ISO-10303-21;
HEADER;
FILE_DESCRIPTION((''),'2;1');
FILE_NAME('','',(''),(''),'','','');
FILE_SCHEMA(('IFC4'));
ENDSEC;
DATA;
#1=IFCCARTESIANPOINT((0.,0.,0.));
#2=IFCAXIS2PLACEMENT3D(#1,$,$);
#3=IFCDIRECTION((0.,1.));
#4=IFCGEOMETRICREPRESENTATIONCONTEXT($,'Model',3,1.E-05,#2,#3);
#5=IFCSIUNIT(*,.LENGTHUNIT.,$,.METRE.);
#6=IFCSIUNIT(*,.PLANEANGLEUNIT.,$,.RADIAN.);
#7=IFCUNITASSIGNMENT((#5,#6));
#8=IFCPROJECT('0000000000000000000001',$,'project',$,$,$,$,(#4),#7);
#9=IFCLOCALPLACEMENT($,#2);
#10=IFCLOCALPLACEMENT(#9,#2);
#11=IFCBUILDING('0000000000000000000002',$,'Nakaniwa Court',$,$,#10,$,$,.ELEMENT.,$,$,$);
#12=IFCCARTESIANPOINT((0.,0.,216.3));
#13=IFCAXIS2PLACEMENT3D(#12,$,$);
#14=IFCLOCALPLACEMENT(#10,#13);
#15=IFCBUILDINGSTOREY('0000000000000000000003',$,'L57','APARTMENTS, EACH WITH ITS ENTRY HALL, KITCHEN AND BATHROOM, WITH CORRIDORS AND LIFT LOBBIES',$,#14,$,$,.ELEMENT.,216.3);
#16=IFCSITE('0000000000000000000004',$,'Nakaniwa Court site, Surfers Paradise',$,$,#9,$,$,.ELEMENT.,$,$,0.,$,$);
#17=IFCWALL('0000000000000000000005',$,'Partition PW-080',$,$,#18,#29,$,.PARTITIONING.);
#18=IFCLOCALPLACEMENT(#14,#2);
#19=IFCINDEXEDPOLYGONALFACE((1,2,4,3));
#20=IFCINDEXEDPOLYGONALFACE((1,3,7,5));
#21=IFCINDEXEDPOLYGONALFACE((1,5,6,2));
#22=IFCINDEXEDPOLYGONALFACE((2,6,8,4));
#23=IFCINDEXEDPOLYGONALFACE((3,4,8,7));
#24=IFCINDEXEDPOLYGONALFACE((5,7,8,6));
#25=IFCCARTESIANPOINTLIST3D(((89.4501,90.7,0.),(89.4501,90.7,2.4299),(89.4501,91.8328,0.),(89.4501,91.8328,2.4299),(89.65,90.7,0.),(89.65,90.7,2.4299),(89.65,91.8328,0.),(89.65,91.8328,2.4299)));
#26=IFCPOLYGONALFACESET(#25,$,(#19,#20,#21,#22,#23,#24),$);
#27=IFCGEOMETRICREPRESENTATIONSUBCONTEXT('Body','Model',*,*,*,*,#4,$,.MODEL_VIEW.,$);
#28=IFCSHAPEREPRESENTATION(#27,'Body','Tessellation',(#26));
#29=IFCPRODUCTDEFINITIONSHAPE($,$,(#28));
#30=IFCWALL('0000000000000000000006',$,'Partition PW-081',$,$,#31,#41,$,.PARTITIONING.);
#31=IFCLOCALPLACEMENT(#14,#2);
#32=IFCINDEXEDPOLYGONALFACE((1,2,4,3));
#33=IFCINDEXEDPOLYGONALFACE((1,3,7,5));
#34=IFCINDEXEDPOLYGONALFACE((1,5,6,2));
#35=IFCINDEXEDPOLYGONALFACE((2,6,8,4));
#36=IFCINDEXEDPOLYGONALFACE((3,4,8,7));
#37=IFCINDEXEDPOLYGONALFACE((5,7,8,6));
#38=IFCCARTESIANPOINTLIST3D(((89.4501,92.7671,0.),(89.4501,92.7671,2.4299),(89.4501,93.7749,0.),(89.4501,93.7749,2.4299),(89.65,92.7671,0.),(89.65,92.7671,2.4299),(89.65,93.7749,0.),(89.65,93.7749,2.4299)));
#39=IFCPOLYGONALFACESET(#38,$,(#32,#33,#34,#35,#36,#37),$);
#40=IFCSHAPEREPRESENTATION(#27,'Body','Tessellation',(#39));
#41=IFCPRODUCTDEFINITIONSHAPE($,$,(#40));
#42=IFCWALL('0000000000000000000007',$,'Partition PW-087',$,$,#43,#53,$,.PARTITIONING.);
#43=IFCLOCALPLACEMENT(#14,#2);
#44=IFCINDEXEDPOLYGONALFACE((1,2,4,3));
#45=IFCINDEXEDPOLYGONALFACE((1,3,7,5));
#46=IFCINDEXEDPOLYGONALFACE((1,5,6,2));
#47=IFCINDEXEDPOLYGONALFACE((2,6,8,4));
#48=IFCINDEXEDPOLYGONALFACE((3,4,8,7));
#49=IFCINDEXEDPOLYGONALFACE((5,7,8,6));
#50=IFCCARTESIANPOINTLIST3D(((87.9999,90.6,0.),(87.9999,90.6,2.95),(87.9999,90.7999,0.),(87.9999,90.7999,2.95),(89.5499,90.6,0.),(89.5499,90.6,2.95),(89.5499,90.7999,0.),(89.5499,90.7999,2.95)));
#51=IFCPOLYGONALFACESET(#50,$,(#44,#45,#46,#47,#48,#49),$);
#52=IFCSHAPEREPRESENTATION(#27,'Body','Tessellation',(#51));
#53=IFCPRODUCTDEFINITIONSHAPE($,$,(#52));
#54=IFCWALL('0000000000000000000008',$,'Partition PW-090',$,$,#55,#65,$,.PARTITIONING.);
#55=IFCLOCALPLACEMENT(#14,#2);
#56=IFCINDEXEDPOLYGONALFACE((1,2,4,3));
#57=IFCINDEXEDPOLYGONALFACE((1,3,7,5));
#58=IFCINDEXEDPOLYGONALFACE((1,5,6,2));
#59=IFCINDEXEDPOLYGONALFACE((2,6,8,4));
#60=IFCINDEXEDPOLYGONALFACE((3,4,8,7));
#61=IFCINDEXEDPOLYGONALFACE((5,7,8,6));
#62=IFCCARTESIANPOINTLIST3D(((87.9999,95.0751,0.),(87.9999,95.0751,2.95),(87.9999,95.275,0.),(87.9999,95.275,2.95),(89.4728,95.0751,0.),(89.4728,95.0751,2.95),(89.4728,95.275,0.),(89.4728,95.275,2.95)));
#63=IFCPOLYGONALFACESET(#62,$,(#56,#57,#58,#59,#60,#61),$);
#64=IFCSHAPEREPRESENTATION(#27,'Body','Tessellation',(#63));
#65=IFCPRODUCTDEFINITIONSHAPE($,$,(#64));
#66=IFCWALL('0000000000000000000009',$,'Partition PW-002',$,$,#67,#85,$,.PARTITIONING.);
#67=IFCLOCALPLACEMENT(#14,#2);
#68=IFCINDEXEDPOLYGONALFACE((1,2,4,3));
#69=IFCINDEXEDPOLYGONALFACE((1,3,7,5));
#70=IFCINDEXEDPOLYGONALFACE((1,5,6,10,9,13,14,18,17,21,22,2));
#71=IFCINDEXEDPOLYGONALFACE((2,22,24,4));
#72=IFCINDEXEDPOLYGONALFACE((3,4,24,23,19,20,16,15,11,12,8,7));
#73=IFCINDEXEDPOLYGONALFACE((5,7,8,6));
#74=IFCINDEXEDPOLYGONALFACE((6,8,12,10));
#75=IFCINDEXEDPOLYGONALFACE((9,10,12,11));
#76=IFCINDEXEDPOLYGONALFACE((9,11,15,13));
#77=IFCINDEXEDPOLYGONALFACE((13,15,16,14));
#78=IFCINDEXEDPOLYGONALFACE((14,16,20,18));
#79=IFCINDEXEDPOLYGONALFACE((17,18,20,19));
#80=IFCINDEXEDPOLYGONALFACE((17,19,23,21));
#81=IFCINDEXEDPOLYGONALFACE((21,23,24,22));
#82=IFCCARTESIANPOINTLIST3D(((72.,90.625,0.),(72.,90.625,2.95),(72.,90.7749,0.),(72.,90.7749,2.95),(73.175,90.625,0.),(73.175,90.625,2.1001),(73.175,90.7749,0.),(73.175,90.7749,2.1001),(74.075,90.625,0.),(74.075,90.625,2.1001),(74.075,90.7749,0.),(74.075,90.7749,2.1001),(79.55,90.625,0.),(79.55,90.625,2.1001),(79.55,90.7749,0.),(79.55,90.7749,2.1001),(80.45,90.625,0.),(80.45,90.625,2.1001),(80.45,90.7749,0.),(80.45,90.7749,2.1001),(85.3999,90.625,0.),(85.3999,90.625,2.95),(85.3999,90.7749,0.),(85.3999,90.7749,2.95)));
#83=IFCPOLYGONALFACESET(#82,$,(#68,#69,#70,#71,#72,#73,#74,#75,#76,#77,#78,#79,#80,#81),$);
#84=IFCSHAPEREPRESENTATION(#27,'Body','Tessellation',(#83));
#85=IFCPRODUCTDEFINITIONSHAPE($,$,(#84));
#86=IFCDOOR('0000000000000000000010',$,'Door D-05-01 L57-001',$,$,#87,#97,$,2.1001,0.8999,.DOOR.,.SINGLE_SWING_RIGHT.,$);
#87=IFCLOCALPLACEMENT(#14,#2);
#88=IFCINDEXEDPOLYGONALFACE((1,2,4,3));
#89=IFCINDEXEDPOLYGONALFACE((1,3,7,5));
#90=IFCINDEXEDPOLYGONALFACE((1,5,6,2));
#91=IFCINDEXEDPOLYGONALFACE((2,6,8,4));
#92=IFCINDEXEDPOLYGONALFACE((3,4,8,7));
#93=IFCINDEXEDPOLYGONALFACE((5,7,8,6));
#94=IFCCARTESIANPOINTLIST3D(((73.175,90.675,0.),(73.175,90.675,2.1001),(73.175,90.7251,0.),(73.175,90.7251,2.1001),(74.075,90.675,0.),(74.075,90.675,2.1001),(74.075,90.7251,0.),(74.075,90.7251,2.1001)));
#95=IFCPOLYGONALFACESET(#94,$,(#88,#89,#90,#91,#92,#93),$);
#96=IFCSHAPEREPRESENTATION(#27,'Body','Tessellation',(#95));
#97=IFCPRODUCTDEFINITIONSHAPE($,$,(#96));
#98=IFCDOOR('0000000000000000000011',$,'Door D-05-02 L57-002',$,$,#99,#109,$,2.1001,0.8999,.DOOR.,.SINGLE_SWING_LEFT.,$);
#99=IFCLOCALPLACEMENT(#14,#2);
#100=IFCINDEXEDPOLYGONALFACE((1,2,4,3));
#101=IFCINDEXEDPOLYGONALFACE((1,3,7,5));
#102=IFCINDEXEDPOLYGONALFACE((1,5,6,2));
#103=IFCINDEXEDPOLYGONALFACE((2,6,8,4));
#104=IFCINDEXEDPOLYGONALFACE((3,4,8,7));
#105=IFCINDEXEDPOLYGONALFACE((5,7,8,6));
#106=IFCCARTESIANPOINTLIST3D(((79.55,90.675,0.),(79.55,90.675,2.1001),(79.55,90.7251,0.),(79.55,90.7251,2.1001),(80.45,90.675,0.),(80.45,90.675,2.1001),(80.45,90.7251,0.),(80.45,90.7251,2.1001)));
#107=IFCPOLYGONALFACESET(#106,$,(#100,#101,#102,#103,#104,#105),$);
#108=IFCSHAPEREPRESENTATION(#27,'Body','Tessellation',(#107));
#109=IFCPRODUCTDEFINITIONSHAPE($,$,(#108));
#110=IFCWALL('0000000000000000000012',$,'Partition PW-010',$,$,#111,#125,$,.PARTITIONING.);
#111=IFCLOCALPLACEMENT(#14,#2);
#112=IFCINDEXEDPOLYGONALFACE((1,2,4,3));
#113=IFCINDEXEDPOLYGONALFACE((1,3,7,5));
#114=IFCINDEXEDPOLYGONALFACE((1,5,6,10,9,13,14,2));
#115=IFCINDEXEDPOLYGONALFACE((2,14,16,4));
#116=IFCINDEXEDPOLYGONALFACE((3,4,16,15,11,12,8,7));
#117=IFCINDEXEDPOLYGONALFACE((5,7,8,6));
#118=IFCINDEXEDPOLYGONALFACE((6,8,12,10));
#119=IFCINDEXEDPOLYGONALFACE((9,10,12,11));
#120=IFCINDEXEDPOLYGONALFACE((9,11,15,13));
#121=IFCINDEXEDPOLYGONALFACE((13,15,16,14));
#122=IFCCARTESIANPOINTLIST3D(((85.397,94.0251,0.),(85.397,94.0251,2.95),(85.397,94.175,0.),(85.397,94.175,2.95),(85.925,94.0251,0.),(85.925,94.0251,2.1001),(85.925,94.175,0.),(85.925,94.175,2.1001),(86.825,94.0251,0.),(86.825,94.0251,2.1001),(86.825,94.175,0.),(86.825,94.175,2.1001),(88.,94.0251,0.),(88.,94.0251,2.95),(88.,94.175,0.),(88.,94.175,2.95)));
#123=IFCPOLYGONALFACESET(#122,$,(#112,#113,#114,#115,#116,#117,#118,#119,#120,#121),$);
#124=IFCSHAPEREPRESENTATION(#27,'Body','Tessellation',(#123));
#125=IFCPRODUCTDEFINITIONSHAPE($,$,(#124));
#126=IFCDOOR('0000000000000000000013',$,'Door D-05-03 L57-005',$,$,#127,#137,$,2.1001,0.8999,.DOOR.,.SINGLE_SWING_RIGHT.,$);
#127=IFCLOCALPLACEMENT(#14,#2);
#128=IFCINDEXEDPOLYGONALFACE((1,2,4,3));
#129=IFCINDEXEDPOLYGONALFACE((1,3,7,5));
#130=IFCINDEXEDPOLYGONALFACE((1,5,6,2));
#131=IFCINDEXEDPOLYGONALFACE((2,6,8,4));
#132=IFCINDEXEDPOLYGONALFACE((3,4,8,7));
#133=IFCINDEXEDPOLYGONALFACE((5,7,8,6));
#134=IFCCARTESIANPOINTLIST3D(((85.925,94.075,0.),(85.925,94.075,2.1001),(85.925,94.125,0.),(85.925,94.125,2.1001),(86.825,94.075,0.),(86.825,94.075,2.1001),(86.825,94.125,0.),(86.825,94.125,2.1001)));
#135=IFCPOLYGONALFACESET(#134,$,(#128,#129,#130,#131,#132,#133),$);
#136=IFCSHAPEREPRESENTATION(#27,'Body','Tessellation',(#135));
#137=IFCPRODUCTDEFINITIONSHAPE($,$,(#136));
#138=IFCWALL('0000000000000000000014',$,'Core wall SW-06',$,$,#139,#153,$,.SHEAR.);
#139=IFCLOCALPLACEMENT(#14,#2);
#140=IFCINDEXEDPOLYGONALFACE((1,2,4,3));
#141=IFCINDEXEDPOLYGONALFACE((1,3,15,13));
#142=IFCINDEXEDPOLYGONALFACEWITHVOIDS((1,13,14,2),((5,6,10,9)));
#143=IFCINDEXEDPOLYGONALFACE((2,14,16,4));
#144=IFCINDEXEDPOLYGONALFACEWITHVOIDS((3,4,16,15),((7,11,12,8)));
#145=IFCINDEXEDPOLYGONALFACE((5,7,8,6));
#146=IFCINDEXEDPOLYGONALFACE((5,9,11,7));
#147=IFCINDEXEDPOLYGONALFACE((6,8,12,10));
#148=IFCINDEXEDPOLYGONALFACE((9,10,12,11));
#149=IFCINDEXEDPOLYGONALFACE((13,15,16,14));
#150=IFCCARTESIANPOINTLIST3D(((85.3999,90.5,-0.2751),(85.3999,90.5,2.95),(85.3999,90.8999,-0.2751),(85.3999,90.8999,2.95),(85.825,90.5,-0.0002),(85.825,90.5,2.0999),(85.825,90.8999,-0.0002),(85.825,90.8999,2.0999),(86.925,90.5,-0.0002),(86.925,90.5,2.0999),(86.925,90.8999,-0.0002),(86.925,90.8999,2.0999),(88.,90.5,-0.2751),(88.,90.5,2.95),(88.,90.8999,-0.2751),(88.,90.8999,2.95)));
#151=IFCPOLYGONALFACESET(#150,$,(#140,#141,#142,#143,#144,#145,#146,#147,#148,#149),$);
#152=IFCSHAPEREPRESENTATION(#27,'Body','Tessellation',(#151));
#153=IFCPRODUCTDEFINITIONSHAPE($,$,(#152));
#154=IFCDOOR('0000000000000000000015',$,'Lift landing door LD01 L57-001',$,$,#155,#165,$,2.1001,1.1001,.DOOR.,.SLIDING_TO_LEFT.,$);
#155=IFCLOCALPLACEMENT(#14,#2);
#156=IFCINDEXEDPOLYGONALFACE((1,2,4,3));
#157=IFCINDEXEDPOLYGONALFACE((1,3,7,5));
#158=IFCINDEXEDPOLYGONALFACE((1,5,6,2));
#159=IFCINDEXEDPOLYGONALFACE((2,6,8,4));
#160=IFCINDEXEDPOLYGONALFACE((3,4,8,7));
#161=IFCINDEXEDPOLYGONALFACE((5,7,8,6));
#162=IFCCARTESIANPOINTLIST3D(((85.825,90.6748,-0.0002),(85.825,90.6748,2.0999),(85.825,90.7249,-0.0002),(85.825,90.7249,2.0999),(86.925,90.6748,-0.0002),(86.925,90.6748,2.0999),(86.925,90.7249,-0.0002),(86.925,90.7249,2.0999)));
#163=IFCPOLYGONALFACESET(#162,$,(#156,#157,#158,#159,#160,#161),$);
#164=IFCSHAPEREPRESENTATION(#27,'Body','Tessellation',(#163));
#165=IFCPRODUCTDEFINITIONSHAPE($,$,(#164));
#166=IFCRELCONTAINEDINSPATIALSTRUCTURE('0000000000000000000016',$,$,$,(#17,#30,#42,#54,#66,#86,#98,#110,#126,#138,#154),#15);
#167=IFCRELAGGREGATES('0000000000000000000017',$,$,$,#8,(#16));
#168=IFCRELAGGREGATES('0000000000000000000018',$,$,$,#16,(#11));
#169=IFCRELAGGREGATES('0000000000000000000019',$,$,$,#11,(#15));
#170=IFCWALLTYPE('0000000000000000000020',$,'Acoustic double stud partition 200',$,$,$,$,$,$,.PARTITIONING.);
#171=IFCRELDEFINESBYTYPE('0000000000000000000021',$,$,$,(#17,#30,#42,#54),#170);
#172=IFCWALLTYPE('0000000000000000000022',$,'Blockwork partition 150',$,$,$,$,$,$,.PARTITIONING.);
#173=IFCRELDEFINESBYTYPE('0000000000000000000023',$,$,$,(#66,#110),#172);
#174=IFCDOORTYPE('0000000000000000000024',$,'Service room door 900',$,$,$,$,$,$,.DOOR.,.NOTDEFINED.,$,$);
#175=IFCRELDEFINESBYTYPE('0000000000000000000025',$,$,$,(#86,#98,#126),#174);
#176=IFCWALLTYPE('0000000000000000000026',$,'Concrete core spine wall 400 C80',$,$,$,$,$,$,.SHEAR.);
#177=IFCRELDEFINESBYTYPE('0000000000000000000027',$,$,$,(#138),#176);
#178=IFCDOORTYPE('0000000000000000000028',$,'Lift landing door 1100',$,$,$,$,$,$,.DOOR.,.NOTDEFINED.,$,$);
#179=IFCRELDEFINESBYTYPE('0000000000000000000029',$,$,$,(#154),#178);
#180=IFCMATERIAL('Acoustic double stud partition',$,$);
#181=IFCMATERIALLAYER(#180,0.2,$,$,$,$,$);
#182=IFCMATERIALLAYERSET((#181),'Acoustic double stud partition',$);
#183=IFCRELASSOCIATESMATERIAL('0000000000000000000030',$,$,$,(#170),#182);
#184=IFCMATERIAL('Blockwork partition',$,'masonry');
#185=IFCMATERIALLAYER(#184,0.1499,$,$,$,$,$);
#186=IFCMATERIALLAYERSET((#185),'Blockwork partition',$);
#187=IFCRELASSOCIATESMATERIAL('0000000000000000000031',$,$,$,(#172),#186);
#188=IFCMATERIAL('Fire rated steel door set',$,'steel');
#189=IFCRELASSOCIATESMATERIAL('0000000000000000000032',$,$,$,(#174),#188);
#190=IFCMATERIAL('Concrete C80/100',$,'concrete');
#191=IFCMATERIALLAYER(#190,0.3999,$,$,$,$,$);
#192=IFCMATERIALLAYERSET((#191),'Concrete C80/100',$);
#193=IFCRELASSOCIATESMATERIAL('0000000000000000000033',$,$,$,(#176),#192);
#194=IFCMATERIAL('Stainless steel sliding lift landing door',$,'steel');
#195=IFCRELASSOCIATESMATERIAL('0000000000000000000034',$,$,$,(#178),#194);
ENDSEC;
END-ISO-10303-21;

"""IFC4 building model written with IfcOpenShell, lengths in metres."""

from ifc_helpers import new_model, si_unit, direction, frame, frame_2d, origin, place, context, subcontext, project, spatial, rectangle, extrude, material, layer, layer_set, type_object, element, fill, save


model = new_model("IFC4")

# Units and contexts
model_context = context("Model", 3, precision=1e-05, world=origin(), true_north=direction((0.0, 1.0)))
body_context = subcontext(model_context, "Body", "Model", "MODEL_VIEW")
ifc_project = project(units=[si_unit("LENGTHUNIT", "METRE"), si_unit("PLANEANGLEUNIT", "RADIAN")], contexts=[model_context])

# Site, building, storey
site_placement = place(None, origin())
site = spatial("IfcSite", under=ifc_project, at=site_placement, Name="Nakaniwa Court site, Surfers Paradise", CompositionType="ELEMENT", RefElevation=0.0)
building_placement = place(site_placement, origin())
building = spatial("IfcBuilding", under=site, at=building_placement, Name="Nakaniwa Court", CompositionType="ELEMENT")
storey_placement = place(building_placement, frame((0.0, 0.0, 216.3)))
storey = spatial("IfcBuildingStorey", under=building, at=storey_placement, Name="L57", Description="APARTMENTS, EACH WITH ITS ENTRY HALL, KITCHEN AND BATHROOM, WITH CORRIDORS AND LIFT LOBBIES", CompositionType="ELEMENT", Elevation=216.3)

# Walls
ifc_material_1 = material(Name="Acoustic double stud partition")
ifc_layer_1 = layer(ifc_material_1, 0.2)
ifc_layer_set_1 = layer_set([ifc_layer_1], Name="Acoustic double stud partition")
wall_type_1 = type_object("IfcWallType", Name="Acoustic double stud partition 200", PredefinedType="PARTITIONING", material=ifc_layer_set_1)
wall_1_placement = place(storey_placement, frame((89.55, 90.7, 0.0), z_axis=(0.0, 0.0, 1.0), x_axis=(0.0, 1.0, 0.0)))
element("IfcWall", 1, at=wall_1_placement, inside=storey, type_object=wall_type_1, Name="Partition PW-080", PredefinedType="PARTITIONING", context=body_context, shape_type="SweptSolid", body=[
    extrude(rectangle(XDim=1.1328, YDim=0.2, at=frame_2d((0.5664, 0.0))), origin(), (0.0, 0.0, 1.0), 2.4299),
])
wall_2_placement = place(storey_placement, frame((89.55, 92.7671, 0.0), z_axis=(0.0, 0.0, 1.0), x_axis=(0.0, 1.0, 0.0)))
element("IfcWall", 2, at=wall_2_placement, inside=storey, type_object=wall_type_1, Name="Partition PW-081", PredefinedType="PARTITIONING", context=body_context, shape_type="SweptSolid", body=[
    extrude(rectangle(XDim=1.0078, YDim=0.2, at=frame_2d((0.5039, 0.0))), origin(), (0.0, 0.0, 1.0), 2.4299),
])
wall_3_placement = place(storey_placement, frame((88.0, 90.7, 0.0), z_axis=(0.0, 0.0, 1.0), x_axis=(1.0, 0.0, 0.0)))
element("IfcWall", 3, at=wall_3_placement, inside=storey, type_object=wall_type_1, Name="Partition PW-087", PredefinedType="PARTITIONING", context=body_context, shape_type="SweptSolid", body=[
    extrude(rectangle(XDim=1.55, YDim=0.2, at=frame_2d((0.7749, 0.0))), origin(), (0.0, 0.0, 1.0), 2.95),
])
wall_4_placement = place(storey_placement, frame((88.0, 95.175, 0.0), z_axis=(0.0, 0.0, 1.0), x_axis=(1.0, 0.0, 0.0)))
element("IfcWall", 4, at=wall_4_placement, inside=storey, type_object=wall_type_1, Name="Partition PW-090", PredefinedType="PARTITIONING", context=body_context, shape_type="SweptSolid", body=[
    extrude(rectangle(XDim=1.4729, YDim=0.2, at=frame_2d((0.7363, 0.0))), origin(), (0.0, 0.0, 1.0), 2.95),
])

# Wall, openings, doors
ifc_material_2 = material(Name="Blockwork partition", Category="masonry")
ifc_layer_2 = layer(ifc_material_2, 0.1499)
ifc_layer_set_2 = layer_set([ifc_layer_2], Name="Blockwork partition")
wall_type_2 = type_object("IfcWallType", Name="Blockwork partition 150", PredefinedType="PARTITIONING", material=ifc_layer_set_2)
wall_5_placement = place(storey_placement, frame((85.3999, 90.7, 0.0), z_axis=(0.0, 0.0, 1.0), x_axis=(-1.0, 0.0, 0.0)))
wall_5 = element("IfcWall", 5, at=wall_5_placement, inside=storey, type_object=wall_type_2, Name="Partition PW-002", PredefinedType="PARTITIONING", context=body_context, shape_type="SweptSolid", body=[
    extrude(rectangle(XDim=13.3999, YDim=0.1499, at=frame_2d((6.7, 0.0))), origin(), (0.0, 0.0, 1.0), 2.95),
])
opening_1_placement = place(wall_5_placement, frame((11.325, 0.0, 0.0)))
opening_1 = element("IfcOpeningElement", 6, at=opening_1_placement, cuts=wall_5, PredefinedType="OPENING", context=body_context, shape_type="SweptSolid", body=[
    extrude(rectangle(XDim=0.8999, YDim=2.1001, at=frame_2d((0.45, 1.05))), frame((0.0, 0.085, 0.0), z_axis=(0.0, -1.0, 0.0), x_axis=(1.0, 0.0, 0.0)), (0.0, 0.0, 1.0), 0.1699),
])
opening_2_placement = place(wall_5_placement, frame((4.95, 0.0, 0.0)))
opening_2 = element("IfcOpeningElement", 7, at=opening_2_placement, cuts=wall_5, PredefinedType="OPENING", context=body_context, shape_type="SweptSolid", body=[
    extrude(rectangle(XDim=0.8999, YDim=2.1001, at=frame_2d((0.45, 1.05))), frame((0.0, 0.085, 0.0), z_axis=(0.0, -1.0, 0.0), x_axis=(1.0, 0.0, 0.0)), (0.0, 0.0, 1.0), 0.1699),
])
ifc_material_3 = material(Name="Fire rated steel door set", Category="steel")
door_type_1 = type_object("IfcDoorType", Name="Service room door 900", OperationType="NOTDEFINED", PredefinedType="DOOR", material=ifc_material_3)
door_1_placement = place(opening_1_placement, origin())
door_1 = element("IfcDoor", 8, at=door_1_placement, inside=storey, type_object=door_type_1, Name="Door D-05-01 L57-001", OperationType="SINGLE_SWING_RIGHT", OverallHeight=2.1001, OverallWidth=0.8999, PredefinedType="DOOR", context=body_context, shape_type="SweptSolid", body=[
    extrude(rectangle(XDim=0.8999, YDim=2.1001, at=frame_2d((0.45, 1.05))), frame((0.0, 0.0249, 0.0), z_axis=(0.0, -1.0, 0.0), x_axis=(1.0, 0.0, 0.0)), (0.0, 0.0, 1.0), 0.05),
])
fill(opening_1, door_1)
door_2_placement = place(opening_2_placement, origin())
door_2 = element("IfcDoor", 9, at=door_2_placement, inside=storey, type_object=door_type_1, Name="Door D-05-02 L57-002", OperationType="SINGLE_SWING_LEFT", OverallHeight=2.1001, OverallWidth=0.8999, PredefinedType="DOOR", context=body_context, shape_type="SweptSolid", body=[
    extrude(rectangle(XDim=0.8999, YDim=2.1001, at=frame_2d((0.45, 1.05))), frame((0.0, 0.0249, 0.0), z_axis=(0.0, -1.0, 0.0), x_axis=(1.0, 0.0, 0.0)), (0.0, 0.0, 1.0), 0.05),
])
fill(opening_2, door_2)

# Walls, openings, doors
wall_6_placement = place(storey_placement, frame((85.397, 94.1001, 0.0), z_axis=(0.0, 0.0, 1.0), x_axis=(1.0, 0.0, 0.0)))
wall_6 = element("IfcWall", 10, at=wall_6_placement, inside=storey, type_object=wall_type_2, Name="Partition PW-010", PredefinedType="PARTITIONING", context=body_context, shape_type="SweptSolid", body=[
    extrude(rectangle(XDim=2.603, YDim=0.1499, at=frame_2d((1.3015, 0.0))), origin(), (0.0, 0.0, 1.0), 2.95),
])
opening_3_placement = place(wall_6_placement, frame((0.5281, 0.0, 0.0)))
opening_3 = element("IfcOpeningElement", 11, at=opening_3_placement, cuts=wall_6, PredefinedType="OPENING", context=body_context, shape_type="SweptSolid", body=[
    extrude(rectangle(XDim=0.8999, YDim=2.1001, at=frame_2d((0.45, 1.05))), frame((0.0, 0.085, 0.0), z_axis=(0.0, -1.0, 0.0), x_axis=(1.0, 0.0, 0.0)), (0.0, 0.0, 1.0), 0.1699),
])
door_3_placement = place(opening_3_placement, origin())
door_3 = element("IfcDoor", 12, at=door_3_placement, inside=storey, type_object=door_type_1, Name="Door D-05-03 L57-005", OperationType="SINGLE_SWING_RIGHT", OverallHeight=2.1001, OverallWidth=0.8999, PredefinedType="DOOR", context=body_context, shape_type="SweptSolid", body=[
    extrude(rectangle(XDim=0.8999, YDim=2.1001, at=frame_2d((0.45, 1.05))), frame((0.0, 0.0249, 0.0), z_axis=(0.0, -1.0, 0.0), x_axis=(1.0, 0.0, 0.0)), (0.0, 0.0, 1.0), 0.05),
])
fill(opening_3, door_3)
ifc_material_4 = material(Name="Concrete C80/100", Category="concrete")
ifc_layer_3 = layer(ifc_material_4, 0.3999)
ifc_layer_set_3 = layer_set([ifc_layer_3], Name="Concrete C80/100")
wall_type_3 = type_object("IfcWallType", Name="Concrete core spine wall 400 C80", PredefinedType="SHEAR", material=ifc_layer_set_3)
wall_7_placement = place(storey_placement, frame((85.3999, 90.7, -0.2751), z_axis=(0.0, 0.0, 1.0), x_axis=(1.0, 0.0, 0.0)))
wall_7 = element("IfcWall", 13, at=wall_7_placement, inside=storey, type_object=wall_type_3, Name="Core wall SW-06", PredefinedType="SHEAR", context=body_context, shape_type="SweptSolid", body=[
    extrude(rectangle(XDim=2.6001, YDim=0.3999, at=frame_2d((1.3, 0.0))), origin(), (0.0, 0.0, 1.0), 3.2251),
])
opening_4_placement = place(wall_7_placement, frame((0.425, 0.0, 0.2749)))
opening_4 = element("IfcOpeningElement", 14, at=opening_4_placement, cuts=wall_7, PredefinedType="OPENING", context=body_context, shape_type="SweptSolid", body=[
    extrude(rectangle(XDim=1.1001, YDim=2.1001, at=frame_2d((0.55, 1.05))), frame((0.0, 0.21, 0.0), z_axis=(0.0, -1.0, 0.0), x_axis=(1.0, 0.0, 0.0)), (0.0, 0.0, 1.0), 0.4199),
])
ifc_material_5 = material(Name="Stainless steel sliding lift landing door", Category="steel")
door_type_2 = type_object("IfcDoorType", Name="Lift landing door 1100", OperationType="NOTDEFINED", PredefinedType="DOOR", material=ifc_material_5)
door_4_placement = place(opening_4_placement, origin())
door_4 = element("IfcDoor", 15, at=door_4_placement, inside=storey, type_object=door_type_2, Name="Lift landing door LD01 L57-001", OperationType="SLIDING_TO_LEFT", OverallHeight=2.1001, OverallWidth=1.1001, PredefinedType="DOOR", context=body_context, shape_type="SweptSolid", body=[
    extrude(rectangle(XDim=1.1001, YDim=2.1001, at=frame_2d((0.55, 1.05))), frame((0.0, 0.0249, 0.0), z_axis=(0.0, -1.0, 0.0), x_axis=(1.0, 0.0, 0.0)), (0.0, 0.0, 1.0), 0.05),
])
fill(opening_4, door_4)

save(model, "model.ifc")
